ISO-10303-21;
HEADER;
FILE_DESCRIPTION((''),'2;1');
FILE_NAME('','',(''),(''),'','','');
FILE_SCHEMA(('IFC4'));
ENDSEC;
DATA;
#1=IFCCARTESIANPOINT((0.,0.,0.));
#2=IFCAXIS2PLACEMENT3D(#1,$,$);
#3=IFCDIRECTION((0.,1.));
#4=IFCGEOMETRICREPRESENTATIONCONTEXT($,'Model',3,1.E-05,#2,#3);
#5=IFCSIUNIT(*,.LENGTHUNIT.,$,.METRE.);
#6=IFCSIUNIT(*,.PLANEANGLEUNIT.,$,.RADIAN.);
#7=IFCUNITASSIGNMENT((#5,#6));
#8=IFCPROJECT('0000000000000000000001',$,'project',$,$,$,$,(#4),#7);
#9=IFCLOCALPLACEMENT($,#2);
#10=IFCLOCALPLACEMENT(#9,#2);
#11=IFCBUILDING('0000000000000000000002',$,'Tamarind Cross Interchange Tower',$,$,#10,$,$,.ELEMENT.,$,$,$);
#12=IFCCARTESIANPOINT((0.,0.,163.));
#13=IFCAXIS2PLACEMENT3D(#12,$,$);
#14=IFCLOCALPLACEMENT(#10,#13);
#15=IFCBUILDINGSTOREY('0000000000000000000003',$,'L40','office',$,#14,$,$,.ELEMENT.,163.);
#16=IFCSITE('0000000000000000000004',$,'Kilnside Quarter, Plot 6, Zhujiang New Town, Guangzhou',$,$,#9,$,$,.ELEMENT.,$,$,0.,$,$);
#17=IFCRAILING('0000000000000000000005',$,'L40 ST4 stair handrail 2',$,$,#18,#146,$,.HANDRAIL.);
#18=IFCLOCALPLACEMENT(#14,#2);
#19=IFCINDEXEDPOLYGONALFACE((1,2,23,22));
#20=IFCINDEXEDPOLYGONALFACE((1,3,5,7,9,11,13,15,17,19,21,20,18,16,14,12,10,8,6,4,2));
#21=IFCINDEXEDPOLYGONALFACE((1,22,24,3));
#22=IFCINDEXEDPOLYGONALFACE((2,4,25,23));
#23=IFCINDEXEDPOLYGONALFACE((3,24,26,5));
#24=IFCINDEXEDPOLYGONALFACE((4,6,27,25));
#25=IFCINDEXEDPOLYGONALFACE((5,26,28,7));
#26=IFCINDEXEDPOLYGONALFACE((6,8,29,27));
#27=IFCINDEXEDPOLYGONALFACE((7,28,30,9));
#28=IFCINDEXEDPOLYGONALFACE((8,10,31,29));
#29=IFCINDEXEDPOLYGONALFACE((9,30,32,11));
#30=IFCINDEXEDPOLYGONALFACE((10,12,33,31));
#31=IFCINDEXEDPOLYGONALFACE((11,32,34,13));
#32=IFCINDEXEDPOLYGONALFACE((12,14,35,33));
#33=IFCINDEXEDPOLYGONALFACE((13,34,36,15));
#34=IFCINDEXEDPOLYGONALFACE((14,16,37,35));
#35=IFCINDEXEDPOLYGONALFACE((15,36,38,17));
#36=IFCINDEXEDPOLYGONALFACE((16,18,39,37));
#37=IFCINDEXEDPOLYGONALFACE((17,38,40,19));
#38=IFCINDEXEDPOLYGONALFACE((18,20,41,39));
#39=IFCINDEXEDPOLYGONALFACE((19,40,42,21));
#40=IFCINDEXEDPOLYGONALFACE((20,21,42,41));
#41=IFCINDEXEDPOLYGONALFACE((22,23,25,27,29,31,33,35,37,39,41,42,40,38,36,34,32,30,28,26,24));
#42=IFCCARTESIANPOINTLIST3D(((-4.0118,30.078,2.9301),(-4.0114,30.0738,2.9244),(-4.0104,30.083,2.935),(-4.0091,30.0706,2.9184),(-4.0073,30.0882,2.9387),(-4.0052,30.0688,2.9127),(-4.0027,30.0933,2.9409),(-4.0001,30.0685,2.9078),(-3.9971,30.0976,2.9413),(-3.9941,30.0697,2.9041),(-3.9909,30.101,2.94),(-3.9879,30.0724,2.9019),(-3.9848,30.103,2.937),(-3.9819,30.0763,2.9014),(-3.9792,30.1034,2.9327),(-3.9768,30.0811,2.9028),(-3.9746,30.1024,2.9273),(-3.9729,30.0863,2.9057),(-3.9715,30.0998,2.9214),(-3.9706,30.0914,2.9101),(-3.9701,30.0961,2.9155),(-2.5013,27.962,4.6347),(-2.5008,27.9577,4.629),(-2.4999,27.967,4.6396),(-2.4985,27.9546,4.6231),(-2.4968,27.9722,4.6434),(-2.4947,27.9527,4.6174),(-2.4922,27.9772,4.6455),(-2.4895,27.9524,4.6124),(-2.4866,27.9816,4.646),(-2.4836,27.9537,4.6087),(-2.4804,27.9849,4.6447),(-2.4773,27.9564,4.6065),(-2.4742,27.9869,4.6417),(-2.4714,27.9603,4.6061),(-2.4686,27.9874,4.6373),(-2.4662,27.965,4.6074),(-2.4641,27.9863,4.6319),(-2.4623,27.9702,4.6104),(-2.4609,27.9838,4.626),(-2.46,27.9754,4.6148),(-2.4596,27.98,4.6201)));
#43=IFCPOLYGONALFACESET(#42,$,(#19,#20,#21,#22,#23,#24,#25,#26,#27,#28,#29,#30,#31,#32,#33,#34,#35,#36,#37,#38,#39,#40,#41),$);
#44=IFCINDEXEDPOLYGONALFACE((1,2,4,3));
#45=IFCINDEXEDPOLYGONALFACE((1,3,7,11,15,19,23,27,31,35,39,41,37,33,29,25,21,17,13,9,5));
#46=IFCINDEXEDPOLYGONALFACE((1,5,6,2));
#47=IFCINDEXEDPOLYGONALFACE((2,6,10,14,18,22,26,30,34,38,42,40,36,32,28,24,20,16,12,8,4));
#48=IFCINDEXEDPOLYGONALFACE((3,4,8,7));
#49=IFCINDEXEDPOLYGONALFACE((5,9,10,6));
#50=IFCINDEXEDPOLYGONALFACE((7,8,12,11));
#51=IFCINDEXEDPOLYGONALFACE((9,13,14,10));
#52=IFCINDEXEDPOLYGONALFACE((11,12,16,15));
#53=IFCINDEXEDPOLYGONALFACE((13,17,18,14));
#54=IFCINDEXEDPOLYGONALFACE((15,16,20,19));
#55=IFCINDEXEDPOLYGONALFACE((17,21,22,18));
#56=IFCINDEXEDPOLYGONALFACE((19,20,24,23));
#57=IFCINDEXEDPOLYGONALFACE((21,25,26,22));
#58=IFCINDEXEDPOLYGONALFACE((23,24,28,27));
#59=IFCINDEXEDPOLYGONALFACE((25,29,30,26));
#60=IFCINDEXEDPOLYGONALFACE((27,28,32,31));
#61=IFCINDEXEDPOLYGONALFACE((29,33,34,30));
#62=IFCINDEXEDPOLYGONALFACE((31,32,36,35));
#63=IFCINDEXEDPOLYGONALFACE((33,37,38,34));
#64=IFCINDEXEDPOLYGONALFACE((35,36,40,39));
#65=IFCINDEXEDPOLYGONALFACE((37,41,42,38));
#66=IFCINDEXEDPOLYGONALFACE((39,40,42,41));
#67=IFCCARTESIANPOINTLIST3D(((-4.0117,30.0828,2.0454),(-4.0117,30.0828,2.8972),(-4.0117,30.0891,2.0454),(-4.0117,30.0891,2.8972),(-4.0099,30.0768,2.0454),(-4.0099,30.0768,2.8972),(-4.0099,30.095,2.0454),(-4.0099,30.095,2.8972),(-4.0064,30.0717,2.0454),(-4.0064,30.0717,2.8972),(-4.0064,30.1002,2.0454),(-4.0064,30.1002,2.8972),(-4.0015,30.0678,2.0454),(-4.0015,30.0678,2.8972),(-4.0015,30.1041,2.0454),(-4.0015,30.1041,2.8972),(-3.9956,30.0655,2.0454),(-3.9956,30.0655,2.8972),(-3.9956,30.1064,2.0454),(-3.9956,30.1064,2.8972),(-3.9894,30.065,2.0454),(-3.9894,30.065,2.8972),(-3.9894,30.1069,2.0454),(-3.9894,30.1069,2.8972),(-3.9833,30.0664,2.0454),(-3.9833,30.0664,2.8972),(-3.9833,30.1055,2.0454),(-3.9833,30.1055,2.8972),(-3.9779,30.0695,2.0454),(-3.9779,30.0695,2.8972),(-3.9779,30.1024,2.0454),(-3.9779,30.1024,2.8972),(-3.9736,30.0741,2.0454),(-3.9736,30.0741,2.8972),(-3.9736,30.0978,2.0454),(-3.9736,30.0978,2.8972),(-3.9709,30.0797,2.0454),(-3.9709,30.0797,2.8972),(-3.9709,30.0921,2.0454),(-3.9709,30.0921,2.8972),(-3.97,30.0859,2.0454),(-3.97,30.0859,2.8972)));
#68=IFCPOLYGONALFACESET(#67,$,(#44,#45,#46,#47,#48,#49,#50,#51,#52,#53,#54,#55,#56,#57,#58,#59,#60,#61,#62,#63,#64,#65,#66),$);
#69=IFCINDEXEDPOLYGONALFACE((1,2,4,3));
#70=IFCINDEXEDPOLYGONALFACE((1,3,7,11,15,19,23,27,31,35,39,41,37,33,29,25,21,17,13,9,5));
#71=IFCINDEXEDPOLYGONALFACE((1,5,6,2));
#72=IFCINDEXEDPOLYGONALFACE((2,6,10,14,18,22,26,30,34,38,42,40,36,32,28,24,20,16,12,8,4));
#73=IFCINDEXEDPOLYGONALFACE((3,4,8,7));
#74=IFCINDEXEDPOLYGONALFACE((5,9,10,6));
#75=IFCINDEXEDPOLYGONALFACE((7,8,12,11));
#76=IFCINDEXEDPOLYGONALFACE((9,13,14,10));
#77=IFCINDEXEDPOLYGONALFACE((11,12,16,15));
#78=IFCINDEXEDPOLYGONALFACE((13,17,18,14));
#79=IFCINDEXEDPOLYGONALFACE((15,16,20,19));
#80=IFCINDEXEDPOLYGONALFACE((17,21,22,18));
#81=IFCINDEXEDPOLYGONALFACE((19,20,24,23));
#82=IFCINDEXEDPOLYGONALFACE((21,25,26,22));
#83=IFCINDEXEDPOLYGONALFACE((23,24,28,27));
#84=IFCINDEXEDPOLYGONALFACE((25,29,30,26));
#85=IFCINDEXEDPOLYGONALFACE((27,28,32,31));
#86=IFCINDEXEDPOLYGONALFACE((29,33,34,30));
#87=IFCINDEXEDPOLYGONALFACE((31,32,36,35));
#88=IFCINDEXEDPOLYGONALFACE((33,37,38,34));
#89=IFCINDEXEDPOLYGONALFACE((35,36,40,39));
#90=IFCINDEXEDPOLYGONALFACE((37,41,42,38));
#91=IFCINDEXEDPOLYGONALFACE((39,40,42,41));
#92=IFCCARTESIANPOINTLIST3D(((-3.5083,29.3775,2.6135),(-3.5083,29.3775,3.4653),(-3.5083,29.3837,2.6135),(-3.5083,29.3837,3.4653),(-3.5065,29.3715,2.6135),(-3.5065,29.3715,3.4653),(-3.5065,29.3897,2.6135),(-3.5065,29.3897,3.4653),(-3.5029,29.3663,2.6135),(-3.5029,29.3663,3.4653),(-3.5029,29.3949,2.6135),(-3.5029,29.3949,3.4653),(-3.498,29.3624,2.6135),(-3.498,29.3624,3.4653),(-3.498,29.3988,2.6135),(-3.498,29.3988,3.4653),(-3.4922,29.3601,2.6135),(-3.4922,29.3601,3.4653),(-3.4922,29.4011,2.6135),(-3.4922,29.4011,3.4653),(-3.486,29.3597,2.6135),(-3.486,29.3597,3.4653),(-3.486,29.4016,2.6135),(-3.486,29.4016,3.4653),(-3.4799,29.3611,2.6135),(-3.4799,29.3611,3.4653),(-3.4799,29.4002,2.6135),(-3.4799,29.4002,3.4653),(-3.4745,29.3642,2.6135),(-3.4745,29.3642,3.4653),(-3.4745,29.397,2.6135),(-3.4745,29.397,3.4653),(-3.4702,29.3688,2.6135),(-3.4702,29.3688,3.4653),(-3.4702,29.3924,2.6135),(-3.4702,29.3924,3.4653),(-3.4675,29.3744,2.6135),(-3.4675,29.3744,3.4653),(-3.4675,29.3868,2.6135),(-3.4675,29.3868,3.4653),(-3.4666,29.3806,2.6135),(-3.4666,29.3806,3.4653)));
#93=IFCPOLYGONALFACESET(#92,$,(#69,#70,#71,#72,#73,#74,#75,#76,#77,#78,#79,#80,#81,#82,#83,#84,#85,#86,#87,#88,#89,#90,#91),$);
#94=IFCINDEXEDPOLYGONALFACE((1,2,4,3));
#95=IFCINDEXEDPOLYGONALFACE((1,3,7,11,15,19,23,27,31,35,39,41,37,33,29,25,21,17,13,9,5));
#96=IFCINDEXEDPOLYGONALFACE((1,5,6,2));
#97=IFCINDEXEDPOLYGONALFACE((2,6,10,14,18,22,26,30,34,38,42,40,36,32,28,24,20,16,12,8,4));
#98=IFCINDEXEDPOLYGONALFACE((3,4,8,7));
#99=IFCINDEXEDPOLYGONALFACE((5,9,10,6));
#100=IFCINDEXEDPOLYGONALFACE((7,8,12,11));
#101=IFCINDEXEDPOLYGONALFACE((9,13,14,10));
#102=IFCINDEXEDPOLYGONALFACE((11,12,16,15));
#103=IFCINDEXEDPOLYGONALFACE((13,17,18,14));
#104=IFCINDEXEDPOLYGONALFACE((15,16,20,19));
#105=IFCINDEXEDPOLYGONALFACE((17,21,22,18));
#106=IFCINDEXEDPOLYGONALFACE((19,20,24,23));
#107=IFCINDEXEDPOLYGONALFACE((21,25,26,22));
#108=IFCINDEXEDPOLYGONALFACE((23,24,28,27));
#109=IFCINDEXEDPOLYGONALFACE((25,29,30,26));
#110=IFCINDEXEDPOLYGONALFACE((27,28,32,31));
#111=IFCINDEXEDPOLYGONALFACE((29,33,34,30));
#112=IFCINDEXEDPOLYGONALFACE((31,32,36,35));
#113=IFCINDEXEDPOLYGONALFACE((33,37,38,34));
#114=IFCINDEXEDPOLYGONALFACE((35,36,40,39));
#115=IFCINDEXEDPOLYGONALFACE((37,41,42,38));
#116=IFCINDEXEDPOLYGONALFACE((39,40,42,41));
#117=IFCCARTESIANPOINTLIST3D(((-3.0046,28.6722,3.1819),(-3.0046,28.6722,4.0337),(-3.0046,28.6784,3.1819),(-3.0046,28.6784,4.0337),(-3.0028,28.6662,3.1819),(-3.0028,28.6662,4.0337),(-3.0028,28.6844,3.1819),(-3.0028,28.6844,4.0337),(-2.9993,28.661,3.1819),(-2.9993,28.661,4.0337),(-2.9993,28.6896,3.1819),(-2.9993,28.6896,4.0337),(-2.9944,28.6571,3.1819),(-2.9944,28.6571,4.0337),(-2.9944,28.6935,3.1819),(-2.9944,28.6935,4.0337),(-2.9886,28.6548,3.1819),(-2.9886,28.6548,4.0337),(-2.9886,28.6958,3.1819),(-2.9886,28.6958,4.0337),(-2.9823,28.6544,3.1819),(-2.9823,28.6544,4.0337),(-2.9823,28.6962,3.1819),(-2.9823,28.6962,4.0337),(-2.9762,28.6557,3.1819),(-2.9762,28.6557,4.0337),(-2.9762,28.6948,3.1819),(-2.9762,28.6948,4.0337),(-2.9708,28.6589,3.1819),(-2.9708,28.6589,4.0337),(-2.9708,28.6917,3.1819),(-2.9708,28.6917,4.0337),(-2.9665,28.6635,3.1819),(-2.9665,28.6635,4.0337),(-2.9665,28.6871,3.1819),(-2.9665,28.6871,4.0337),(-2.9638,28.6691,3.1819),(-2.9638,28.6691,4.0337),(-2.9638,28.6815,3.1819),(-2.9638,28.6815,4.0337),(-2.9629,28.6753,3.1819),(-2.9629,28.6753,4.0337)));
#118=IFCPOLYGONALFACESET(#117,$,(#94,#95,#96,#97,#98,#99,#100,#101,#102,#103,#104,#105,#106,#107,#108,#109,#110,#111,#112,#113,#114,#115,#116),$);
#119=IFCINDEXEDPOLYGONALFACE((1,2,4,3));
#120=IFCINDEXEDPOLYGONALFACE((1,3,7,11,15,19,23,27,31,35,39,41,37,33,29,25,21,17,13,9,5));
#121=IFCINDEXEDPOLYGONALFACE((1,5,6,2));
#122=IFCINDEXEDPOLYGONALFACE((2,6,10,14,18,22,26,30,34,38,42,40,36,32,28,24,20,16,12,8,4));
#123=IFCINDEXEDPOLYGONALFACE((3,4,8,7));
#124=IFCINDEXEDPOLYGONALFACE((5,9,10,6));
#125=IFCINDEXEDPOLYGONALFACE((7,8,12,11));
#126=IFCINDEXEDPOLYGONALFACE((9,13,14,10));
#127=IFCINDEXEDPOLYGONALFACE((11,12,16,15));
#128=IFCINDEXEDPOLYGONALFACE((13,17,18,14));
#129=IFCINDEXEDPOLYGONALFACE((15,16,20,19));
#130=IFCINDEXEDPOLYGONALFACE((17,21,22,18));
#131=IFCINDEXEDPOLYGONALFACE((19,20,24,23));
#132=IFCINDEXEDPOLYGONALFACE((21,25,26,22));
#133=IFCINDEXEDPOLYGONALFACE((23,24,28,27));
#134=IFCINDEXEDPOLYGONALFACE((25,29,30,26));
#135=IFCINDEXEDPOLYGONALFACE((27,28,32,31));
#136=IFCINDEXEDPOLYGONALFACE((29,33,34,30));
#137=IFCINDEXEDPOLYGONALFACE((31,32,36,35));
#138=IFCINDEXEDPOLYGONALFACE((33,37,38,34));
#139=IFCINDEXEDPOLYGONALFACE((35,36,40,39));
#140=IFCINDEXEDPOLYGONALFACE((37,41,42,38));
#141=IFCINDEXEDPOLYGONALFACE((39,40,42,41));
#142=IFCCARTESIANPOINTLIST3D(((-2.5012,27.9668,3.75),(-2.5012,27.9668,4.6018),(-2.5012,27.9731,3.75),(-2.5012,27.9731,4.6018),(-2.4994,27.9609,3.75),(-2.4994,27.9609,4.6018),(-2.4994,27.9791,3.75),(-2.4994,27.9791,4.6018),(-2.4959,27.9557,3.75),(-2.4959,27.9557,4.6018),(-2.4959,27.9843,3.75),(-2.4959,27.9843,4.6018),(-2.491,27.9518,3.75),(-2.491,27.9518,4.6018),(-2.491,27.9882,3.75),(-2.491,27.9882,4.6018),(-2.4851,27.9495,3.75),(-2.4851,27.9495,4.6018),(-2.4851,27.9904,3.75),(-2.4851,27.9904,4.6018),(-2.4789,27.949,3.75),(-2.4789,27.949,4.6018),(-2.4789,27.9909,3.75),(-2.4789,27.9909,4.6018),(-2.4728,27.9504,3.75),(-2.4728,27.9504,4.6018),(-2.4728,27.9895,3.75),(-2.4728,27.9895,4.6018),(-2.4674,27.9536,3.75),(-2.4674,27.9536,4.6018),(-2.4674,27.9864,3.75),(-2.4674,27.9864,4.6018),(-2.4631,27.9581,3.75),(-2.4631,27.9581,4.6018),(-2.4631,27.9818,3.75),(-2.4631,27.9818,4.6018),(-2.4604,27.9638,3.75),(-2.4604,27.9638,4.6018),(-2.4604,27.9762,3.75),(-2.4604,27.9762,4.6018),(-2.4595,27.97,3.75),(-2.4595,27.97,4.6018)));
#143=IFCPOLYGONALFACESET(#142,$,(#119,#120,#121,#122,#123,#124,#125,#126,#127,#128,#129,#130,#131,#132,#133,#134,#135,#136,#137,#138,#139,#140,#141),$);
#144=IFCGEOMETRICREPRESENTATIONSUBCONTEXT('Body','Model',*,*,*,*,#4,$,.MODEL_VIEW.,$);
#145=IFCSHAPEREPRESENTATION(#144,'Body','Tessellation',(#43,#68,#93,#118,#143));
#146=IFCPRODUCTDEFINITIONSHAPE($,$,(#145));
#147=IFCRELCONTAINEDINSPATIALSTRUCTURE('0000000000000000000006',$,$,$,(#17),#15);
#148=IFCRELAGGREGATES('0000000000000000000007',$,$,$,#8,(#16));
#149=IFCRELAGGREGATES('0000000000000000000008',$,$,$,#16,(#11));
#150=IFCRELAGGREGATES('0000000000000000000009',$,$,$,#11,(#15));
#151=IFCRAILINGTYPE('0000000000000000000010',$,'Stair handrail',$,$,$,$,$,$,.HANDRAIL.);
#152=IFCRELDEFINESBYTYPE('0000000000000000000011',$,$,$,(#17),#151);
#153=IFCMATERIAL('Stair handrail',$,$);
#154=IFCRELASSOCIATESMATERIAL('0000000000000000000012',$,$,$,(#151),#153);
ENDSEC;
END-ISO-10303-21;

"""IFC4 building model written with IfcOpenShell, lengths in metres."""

from ifc_helpers import new_model, si_unit, direction, frame, origin, origin_2d, place, context, subcontext, project, spatial, circle, extrude, material, type_object, element, save


model = new_model("IFC4")

# Units and contexts
model_context = context("Model", 3, precision=1e-05, world=origin(), true_north=direction((0.0, 1.0)))
body_context = subcontext(model_context, "Body", "Model", "MODEL_VIEW")
ifc_project = project(units=[si_unit("LENGTHUNIT", "METRE"), si_unit("PLANEANGLEUNIT", "RADIAN")], contexts=[model_context])

# Site, building, storey
site_placement = place(None, origin())
site = spatial("IfcSite", under=ifc_project, at=site_placement, Name="Kilnside Quarter, Plot 6, Zhujiang New Town, Guangzhou", CompositionType="ELEMENT", RefElevation=0.0)
building_placement = place(site_placement, origin())
building = spatial("IfcBuilding", under=site, at=building_placement, Name="Tamarind Cross Interchange Tower", CompositionType="ELEMENT")
storey_placement = place(building_placement, frame((0.0, 0.0, 163.0)))
storey = spatial("IfcBuildingStorey", under=building, at=storey_placement, Name="L40", Description="office", CompositionType="ELEMENT", Elevation=163.0)

# Railing
ifc_material_1 = material(Name="Stair handrail")
railing_type_1 = type_object("IfcRailingType", Name="Stair handrail", PredefinedType="HANDRAIL", material=ifc_material_1)
railing_1_placement = place(storey_placement, frame((-3.991, 30.0859, 2.0454)))
element("IfcRailing", 1, at=railing_1_placement, inside=storey, type_object=railing_type_1, Name="L40 ST4 stair handrail 2", PredefinedType="HANDRAIL", context=body_context, shape_type="SweptSolid", body=[
    extrude(circle(Radius=0.0239, at=origin_2d()), frame((0.0, 0.0, 0.876), z_axis=(0.48588, -0.680641, 0.548314), x_axis=(0.813898, 0.581007, 0.0)), (0.0, 0.0, 1.0), 3.1089),
    extrude(circle(Radius=0.021, at=origin_2d()), origin(), (0.0, 0.0, 1.0), 0.8518),
    extrude(circle(Radius=0.021, at=origin_2d()), frame((0.5034, -0.7053, 0.5681)), (0.0, 0.0, 1.0), 0.8518),
    extrude(circle(Radius=0.021, at=origin_2d()), frame((1.0071, -1.4106, 1.1365)), (0.0, 0.0, 1.0), 0.8518),
    extrude(circle(Radius=0.021, at=origin_2d()), frame((1.5105, -2.116, 1.7046)), (0.0, 0.0, 1.0), 0.8518),
])

save(model, "model.ifc")
